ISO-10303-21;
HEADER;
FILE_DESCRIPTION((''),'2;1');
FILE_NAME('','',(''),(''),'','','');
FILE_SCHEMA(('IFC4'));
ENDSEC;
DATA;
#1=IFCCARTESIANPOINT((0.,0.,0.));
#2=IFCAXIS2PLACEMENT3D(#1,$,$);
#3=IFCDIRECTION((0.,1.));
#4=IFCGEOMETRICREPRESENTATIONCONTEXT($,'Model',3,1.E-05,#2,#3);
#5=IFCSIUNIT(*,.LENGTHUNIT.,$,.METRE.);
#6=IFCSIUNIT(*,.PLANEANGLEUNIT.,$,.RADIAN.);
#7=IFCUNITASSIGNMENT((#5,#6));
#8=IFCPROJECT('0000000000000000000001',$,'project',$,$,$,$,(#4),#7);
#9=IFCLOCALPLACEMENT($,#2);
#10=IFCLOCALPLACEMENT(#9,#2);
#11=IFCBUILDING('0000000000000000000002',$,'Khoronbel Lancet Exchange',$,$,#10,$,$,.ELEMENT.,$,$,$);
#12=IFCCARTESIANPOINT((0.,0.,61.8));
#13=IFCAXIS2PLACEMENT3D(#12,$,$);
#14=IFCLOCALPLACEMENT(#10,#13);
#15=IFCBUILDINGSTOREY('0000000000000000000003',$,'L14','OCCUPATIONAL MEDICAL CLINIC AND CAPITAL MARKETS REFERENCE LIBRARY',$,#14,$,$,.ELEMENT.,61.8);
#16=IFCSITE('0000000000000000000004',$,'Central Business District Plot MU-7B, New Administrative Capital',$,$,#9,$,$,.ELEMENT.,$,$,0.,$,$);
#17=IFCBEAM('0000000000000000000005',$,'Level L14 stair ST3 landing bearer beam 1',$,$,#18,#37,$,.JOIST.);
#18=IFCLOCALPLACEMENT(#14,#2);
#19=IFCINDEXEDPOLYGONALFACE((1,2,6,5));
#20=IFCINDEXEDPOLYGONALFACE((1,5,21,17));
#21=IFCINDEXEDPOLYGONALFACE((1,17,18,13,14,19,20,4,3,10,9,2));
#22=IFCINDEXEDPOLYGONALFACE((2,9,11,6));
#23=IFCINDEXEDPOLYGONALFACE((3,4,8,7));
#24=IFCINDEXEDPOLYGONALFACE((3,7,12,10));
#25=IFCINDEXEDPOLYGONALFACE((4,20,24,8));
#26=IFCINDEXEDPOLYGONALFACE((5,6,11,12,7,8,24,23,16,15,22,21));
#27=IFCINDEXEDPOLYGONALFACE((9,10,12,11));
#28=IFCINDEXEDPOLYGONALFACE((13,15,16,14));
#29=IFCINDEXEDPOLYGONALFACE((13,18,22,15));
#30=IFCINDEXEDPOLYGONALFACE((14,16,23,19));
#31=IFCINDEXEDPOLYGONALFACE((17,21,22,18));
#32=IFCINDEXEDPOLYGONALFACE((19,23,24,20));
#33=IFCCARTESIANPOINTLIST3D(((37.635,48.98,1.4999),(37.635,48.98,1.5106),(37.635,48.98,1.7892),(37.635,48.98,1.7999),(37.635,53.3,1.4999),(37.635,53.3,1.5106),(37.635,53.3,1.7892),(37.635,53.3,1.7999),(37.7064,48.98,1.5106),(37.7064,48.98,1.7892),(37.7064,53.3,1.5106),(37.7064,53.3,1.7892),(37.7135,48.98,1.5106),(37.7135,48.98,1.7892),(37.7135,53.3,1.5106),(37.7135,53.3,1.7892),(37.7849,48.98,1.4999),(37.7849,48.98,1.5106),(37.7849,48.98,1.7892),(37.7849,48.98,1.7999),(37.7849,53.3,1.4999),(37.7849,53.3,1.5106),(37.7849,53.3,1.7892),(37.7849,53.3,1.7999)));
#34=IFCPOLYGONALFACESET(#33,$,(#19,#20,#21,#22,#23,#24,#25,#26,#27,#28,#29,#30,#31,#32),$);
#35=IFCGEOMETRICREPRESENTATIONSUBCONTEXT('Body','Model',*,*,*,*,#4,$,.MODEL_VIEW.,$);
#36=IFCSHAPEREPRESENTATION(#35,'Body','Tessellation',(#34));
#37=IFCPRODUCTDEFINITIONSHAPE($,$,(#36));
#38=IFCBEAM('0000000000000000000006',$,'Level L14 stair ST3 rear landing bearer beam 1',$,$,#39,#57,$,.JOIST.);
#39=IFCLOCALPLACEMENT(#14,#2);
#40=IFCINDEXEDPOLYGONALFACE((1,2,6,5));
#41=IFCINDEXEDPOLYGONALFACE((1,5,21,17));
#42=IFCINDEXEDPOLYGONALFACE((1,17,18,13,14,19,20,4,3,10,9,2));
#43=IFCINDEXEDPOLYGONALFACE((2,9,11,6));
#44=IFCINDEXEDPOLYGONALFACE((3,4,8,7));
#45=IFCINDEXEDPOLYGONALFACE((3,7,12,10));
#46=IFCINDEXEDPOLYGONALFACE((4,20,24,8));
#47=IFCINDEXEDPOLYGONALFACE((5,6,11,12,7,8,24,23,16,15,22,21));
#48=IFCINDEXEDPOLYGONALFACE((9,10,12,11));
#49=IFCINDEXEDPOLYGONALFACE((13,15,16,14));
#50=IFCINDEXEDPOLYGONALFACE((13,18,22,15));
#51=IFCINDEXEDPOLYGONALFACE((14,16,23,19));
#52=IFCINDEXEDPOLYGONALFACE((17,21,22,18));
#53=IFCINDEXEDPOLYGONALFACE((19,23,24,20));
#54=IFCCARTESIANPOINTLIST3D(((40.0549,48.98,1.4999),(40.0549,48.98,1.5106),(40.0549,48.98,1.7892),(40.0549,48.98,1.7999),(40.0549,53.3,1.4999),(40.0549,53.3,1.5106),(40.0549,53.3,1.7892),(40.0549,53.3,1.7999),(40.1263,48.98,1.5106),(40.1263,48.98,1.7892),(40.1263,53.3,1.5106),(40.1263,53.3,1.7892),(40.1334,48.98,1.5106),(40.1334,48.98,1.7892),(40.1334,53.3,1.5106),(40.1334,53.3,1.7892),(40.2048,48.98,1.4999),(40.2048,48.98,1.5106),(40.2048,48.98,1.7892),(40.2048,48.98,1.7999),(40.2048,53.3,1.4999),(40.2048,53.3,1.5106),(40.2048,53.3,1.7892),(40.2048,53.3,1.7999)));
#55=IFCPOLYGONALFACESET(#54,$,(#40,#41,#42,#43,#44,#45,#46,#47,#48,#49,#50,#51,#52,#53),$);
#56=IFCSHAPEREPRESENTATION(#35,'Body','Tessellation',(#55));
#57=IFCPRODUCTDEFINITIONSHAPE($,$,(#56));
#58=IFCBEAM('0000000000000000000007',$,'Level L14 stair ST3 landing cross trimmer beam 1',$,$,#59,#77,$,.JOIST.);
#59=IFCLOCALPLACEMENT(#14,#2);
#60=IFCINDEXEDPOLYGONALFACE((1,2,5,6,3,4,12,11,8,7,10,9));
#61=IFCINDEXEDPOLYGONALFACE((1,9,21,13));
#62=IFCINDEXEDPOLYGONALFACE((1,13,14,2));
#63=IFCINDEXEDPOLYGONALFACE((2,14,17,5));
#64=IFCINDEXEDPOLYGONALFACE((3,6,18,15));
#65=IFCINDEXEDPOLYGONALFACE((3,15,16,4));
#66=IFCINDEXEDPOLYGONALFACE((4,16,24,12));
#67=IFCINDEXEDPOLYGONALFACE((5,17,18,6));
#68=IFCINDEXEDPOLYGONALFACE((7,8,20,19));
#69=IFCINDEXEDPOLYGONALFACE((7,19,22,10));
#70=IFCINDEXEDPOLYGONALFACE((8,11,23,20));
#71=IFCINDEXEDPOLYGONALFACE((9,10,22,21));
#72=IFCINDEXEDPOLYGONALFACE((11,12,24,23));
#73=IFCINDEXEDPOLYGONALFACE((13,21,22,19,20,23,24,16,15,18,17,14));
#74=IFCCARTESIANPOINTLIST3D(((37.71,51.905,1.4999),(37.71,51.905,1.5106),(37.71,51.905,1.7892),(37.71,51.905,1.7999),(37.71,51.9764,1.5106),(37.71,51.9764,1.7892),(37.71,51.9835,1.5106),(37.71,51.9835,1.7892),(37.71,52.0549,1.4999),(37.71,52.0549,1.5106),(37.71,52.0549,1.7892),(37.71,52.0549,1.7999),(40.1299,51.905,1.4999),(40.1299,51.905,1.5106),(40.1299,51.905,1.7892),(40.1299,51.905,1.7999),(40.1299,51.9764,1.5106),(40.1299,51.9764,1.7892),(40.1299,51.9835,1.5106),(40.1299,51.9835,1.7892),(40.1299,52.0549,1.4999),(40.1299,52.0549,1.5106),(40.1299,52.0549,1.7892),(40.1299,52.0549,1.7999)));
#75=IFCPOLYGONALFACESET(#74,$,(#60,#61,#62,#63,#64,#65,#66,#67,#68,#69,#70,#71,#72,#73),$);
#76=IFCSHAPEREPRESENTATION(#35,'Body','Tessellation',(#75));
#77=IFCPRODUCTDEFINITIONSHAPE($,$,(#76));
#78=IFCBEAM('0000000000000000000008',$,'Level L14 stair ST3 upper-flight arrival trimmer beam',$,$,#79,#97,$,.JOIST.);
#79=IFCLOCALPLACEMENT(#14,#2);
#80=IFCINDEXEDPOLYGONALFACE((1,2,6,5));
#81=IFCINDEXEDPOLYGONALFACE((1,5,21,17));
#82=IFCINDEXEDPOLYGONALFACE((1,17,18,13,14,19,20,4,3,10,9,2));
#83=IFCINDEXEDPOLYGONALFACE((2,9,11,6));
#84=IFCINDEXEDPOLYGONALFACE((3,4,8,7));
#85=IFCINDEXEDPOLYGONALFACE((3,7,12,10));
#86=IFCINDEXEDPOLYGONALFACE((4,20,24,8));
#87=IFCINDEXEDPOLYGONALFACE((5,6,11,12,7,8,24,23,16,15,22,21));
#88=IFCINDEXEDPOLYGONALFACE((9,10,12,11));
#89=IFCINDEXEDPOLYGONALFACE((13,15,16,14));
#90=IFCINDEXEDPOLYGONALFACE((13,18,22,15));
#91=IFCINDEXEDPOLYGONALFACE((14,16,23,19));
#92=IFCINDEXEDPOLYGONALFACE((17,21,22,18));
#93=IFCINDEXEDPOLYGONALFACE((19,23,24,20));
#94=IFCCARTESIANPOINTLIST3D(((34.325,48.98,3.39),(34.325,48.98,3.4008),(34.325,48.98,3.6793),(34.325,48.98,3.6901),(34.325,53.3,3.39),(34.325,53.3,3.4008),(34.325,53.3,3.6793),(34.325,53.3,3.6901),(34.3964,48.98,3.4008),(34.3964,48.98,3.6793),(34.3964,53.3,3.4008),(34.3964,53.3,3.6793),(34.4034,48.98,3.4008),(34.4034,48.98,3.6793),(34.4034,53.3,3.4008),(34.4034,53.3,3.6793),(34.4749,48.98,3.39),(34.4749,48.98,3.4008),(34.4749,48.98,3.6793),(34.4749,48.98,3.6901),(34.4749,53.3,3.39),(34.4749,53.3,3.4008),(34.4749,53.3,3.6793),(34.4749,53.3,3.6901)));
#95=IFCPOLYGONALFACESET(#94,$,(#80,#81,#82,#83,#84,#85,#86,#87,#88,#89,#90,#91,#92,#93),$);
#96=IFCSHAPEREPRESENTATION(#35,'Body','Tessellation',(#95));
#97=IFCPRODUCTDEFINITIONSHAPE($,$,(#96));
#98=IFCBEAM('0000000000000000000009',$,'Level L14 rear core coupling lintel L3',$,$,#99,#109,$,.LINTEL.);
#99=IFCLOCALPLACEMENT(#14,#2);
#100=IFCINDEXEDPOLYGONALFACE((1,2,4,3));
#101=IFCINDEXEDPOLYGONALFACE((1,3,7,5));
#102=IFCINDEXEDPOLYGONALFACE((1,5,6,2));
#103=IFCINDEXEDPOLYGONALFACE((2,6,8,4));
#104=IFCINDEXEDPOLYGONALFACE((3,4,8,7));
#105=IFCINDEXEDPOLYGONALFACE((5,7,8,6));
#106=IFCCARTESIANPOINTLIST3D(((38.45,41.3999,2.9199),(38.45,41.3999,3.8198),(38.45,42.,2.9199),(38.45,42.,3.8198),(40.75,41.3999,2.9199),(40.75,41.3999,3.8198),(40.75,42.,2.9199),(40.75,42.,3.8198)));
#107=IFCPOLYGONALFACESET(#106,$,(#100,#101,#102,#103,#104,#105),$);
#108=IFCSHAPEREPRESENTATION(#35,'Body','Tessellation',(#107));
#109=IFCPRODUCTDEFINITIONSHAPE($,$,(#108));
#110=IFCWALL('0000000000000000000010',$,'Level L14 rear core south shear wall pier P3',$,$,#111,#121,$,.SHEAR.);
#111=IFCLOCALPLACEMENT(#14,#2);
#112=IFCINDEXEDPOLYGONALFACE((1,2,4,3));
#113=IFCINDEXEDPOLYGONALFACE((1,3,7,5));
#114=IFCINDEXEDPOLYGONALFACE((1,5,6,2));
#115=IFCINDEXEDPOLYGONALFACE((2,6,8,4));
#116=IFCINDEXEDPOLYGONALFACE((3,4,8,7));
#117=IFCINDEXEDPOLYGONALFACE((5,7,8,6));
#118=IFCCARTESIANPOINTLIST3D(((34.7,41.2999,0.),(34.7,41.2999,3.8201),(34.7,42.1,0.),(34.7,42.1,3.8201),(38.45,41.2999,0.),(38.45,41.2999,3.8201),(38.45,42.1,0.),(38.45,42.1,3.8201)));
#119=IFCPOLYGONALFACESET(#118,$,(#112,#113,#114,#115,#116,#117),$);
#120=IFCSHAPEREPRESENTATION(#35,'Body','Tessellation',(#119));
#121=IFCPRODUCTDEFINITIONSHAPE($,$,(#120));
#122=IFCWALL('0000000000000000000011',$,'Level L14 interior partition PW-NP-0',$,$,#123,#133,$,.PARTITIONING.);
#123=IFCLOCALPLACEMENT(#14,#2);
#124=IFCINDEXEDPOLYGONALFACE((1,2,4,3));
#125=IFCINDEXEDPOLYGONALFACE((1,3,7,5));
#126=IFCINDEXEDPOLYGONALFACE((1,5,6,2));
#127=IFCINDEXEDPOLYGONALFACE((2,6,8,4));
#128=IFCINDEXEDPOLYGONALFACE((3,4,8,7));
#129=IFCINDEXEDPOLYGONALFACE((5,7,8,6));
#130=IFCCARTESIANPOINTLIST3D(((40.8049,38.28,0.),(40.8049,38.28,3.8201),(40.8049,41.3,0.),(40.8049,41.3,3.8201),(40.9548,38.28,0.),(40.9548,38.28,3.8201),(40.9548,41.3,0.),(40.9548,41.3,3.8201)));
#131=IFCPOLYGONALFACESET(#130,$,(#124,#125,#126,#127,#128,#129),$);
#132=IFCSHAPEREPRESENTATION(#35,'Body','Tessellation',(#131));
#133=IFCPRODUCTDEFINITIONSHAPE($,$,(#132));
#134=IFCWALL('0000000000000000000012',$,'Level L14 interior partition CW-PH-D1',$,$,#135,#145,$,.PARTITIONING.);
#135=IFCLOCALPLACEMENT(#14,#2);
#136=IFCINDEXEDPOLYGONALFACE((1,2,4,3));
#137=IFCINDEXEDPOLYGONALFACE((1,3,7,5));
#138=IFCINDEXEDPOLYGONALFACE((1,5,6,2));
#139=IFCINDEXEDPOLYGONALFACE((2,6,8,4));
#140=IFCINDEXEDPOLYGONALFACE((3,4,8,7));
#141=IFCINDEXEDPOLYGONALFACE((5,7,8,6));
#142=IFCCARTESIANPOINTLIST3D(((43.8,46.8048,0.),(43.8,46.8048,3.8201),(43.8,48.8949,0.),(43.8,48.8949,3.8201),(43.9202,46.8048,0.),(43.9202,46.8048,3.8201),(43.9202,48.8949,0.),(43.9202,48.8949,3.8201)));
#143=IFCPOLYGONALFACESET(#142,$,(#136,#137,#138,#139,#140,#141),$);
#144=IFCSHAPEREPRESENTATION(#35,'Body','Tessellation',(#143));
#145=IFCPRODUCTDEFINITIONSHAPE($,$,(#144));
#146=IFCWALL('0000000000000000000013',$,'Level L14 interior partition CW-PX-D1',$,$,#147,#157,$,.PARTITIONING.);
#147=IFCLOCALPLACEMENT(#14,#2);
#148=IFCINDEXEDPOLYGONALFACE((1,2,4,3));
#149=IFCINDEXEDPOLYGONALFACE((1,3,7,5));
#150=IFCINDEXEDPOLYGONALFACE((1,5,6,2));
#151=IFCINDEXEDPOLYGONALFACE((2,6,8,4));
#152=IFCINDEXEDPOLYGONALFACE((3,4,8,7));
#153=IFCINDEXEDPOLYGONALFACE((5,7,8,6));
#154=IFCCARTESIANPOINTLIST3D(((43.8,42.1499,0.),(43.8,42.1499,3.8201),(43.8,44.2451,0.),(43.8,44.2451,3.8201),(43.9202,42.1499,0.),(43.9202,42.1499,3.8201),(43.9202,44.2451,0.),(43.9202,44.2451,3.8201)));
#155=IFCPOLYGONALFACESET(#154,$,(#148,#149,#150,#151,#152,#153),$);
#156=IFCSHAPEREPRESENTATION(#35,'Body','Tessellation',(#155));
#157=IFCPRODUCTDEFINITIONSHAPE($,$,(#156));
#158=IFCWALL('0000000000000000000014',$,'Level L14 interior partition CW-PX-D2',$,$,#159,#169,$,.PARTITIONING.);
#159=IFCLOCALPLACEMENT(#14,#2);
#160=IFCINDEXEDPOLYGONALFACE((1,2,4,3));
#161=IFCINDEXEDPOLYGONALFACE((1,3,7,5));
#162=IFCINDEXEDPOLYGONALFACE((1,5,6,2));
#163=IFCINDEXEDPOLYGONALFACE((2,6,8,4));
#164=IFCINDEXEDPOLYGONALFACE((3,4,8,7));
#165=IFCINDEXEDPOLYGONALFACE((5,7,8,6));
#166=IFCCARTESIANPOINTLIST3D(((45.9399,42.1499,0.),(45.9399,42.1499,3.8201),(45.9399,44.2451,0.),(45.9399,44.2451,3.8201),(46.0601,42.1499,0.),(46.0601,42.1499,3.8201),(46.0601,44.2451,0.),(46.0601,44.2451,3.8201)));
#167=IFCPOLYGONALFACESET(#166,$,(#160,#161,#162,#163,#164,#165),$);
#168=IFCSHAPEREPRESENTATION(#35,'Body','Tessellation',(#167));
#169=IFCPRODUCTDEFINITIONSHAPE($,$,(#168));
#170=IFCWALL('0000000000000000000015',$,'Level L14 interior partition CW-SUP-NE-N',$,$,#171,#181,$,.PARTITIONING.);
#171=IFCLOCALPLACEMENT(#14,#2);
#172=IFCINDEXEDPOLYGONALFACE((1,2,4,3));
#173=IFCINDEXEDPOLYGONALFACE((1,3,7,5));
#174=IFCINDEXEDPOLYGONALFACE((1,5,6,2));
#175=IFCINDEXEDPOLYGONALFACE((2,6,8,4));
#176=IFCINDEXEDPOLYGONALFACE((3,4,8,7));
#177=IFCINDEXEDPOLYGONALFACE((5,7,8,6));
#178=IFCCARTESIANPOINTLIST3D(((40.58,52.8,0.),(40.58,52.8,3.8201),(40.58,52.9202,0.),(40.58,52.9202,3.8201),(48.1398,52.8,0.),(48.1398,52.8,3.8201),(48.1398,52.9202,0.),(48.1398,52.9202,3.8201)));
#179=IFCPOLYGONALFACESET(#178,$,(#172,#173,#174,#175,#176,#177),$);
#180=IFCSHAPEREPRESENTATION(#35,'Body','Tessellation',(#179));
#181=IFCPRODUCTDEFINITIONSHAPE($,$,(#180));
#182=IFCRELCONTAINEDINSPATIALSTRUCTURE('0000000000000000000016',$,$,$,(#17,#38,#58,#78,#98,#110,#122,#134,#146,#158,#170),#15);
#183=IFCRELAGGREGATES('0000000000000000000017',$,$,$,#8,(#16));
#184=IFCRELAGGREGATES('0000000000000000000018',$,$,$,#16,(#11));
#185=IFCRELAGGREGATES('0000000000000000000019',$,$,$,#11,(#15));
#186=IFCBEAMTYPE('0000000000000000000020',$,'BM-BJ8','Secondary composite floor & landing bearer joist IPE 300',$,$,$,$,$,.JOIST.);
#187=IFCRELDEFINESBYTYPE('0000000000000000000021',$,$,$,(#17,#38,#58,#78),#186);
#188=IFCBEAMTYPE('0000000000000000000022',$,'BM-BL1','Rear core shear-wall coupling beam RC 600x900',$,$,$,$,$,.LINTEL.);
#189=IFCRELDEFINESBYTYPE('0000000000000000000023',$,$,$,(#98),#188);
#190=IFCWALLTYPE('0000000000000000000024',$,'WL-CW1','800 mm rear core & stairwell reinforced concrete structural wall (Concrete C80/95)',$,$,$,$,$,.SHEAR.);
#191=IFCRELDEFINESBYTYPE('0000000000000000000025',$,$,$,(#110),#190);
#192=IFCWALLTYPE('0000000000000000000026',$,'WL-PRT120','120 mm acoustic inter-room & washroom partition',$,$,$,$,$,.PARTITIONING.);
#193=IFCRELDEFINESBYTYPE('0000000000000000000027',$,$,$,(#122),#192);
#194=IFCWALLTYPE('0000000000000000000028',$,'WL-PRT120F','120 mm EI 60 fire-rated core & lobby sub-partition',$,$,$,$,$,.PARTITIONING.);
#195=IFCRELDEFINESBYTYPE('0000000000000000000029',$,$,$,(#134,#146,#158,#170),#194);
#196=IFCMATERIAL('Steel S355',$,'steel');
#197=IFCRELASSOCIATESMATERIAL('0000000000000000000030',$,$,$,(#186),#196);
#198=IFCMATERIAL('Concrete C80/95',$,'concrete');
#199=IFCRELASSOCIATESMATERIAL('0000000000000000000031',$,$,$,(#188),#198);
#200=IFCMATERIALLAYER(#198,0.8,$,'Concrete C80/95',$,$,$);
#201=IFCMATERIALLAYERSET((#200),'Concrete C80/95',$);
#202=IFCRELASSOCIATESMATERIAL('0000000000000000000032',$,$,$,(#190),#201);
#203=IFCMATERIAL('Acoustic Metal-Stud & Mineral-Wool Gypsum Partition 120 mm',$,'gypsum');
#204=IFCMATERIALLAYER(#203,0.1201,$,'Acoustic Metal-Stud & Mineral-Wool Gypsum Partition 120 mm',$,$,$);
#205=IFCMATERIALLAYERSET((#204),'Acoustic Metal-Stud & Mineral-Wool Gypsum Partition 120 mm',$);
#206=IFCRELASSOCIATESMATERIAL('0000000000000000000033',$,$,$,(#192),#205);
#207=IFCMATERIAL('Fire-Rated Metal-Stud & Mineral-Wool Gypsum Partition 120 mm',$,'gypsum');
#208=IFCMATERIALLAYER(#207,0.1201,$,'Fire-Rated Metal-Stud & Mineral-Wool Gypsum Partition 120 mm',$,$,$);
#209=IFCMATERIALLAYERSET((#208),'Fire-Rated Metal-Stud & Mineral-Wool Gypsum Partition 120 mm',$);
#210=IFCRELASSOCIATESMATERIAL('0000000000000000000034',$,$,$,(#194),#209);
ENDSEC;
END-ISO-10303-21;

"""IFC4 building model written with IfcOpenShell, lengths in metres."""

from ifc_helpers import new_model, si_unit, direction, frame, frame_2d, origin, origin_2d, place, context, subcontext, project, spatial, rectangle, i_section, extrude, material, layer, layer_set, material_profile, profile_set, type_object, element, save


model = new_model("IFC4")

# Units and contexts
model_context = context("Model", 3, precision=1e-05, world=origin(), true_north=direction((0.0, 1.0)))
body_context = subcontext(model_context, "Body", "Model", "MODEL_VIEW")
ifc_project = project(units=[si_unit("LENGTHUNIT", "METRE"), si_unit("PLANEANGLEUNIT", "RADIAN")], contexts=[model_context])

# Site, building, storey
site_placement = place(None, origin())
site = spatial("IfcSite", under=ifc_project, at=site_placement, Name="Central Business District Plot MU-7B, New Administrative Capital", CompositionType="ELEMENT", RefElevation=0.0)
building_placement = place(site_placement, origin())
building = spatial("IfcBuilding", under=site, at=building_placement, Name="Khoronbel Lancet Exchange", CompositionType="ELEMENT")
storey_placement = place(building_placement, frame((0.0, 0.0, 61.8)))
storey = spatial("IfcBuildingStorey", under=building, at=storey_placement, Name="L14", Description="OCCUPATIONAL MEDICAL CLINIC AND CAPITAL MARKETS REFERENCE LIBRARY", CompositionType="ELEMENT", Elevation=61.8)

# Beams
ifc_material_1 = material(Name="Steel S355", Category="steel")
ifc_material_profile_1 = material_profile(ifc_material_1, i_section(OverallWidth=0.1499, OverallDepth=0.3, WebThickness=0.0071, FlangeThickness=0.0107, at=origin_2d()), Name="IPE 300")
ifc_profile_set_1 = profile_set([ifc_material_profile_1], Name="Steel S355")
beam_type_1 = type_object("IfcBeamType", Name="BM-BJ8", Description="Secondary composite floor & landing bearer joist IPE 300", PredefinedType="JOIST", material=ifc_profile_set_1)
for number, where, z_axis, x_axis, name in (
    (1, (37.71, 48.98, 1.6499), (0.0, 1.0, 0.0), (-1.0, 0.0, 0.0), "Level L14 stair ST3 landing bearer beam 1"),
    (2, (40.1299, 48.98, 1.6499), (0.0, 1.0, 0.0), (-1.0, 0.0, 0.0), "Level L14 stair ST3 rear landing bearer beam 1"),
):
    element("IfcBeam", number, at=place(storey_placement, frame(where, z_axis=z_axis, x_axis=x_axis)), inside=storey, type_object=beam_type_1, Name=name, PredefinedType="JOIST", context=body_context, shape_type="SweptSolid", body=[
        extrude(i_section(OverallWidth=0.1499, OverallDepth=0.3, WebThickness=0.0071, FlangeThickness=0.0107, at=origin_2d()), origin(), (0.0, 0.0, 1.0), 4.3201),
    ])
beam_1_placement = place(storey_placement, frame((37.71, 51.98, 1.6499), z_axis=(1.0, 0.0, 0.0), x_axis=(0.0, 1.0, 0.0)))
element("IfcBeam", 3, at=beam_1_placement, inside=storey, type_object=beam_type_1, Name="Level L14 stair ST3 landing cross trimmer beam 1", PredefinedType="JOIST", context=body_context, shape_type="SweptSolid", body=[
    extrude(i_section(OverallWidth=0.1499, OverallDepth=0.3, WebThickness=0.0071, FlangeThickness=0.0107, at=origin_2d()), origin(), (0.0, 0.0, 1.0), 2.4199),
])
beam_2_placement = place(storey_placement, frame((34.3999, 48.98, 3.54), z_axis=(0.0, 1.0, 0.0), x_axis=(-1.0, 0.0, 0.0)))
element("IfcBeam", 4, at=beam_2_placement, inside=storey, type_object=beam_type_1, Name="Level L14 stair ST3 upper-flight arrival trimmer beam", PredefinedType="JOIST", context=body_context, shape_type="SweptSolid", body=[
    extrude(i_section(OverallWidth=0.1499, OverallDepth=0.3, WebThickness=0.0071, FlangeThickness=0.0107, at=origin_2d()), origin(), (0.0, 0.0, 1.0), 4.3201),
])
ifc_material_2 = material(Name="Concrete C80/95", Category="concrete")
ifc_material_profile_2 = material_profile(ifc_material_2, rectangle(XDim=0.6001, YDim=0.8999, at=origin_2d()), Name="RC 600x900")
ifc_profile_set_2 = profile_set([ifc_material_profile_2], Name="Concrete C80/95")
beam_type_2 = type_object("IfcBeamType", Name="BM-BL1", Description="Rear core shear-wall coupling beam RC 600x900", PredefinedType="LINTEL", material=ifc_profile_set_2)
beam_3_placement = place(storey_placement, frame((38.45, 41.7, 3.3699), z_axis=(1.0, 0.0, 0.0), x_axis=(0.0, 1.0, 0.0)))
element("IfcBeam", 5, at=beam_3_placement, inside=storey, type_object=beam_type_2, Name="Level L14 rear core coupling lintel L3", PredefinedType="LINTEL", context=body_context, shape_type="SweptSolid", body=[
    extrude(rectangle(XDim=0.6001, YDim=0.8999, at=origin_2d()), origin(), (0.0, 0.0, 1.0), 2.3),
])

# Walls
ifc_layer_1 = layer(ifc_material_2, 0.8, Name="Concrete C80/95")
ifc_layer_set_1 = layer_set([ifc_layer_1], Name="Concrete C80/95")
wall_type_1 = type_object("IfcWallType", Name="WL-CW1", Description="800 mm rear core & stairwell reinforced concrete structural wall (Concrete C80/95)", PredefinedType="SHEAR", material=ifc_layer_set_1)
wall_1_placement = place(storey_placement, frame((38.45, 41.7, 0.0), z_axis=(0.0, 0.0, 1.0), x_axis=(-1.0, 0.0, 0.0)))
element("IfcWall", 6, at=wall_1_placement, inside=storey, type_object=wall_type_1, Name="Level L14 rear core south shear wall pier P3", PredefinedType="SHEAR", context=body_context, shape_type="SweptSolid", body=[
    extrude(rectangle(XDim=3.75, YDim=0.8, at=frame_2d((1.875, 0.0))), origin(), (0.0, 0.0, 1.0), 3.8201),
])
ifc_material_3 = material(Name="Acoustic Metal-Stud & Mineral-Wool Gypsum Partition 120 mm", Category="gypsum")
ifc_layer_2 = layer(ifc_material_3, 0.1201, Name="Acoustic Metal-Stud & Mineral-Wool Gypsum Partition 120 mm")
ifc_layer_set_2 = layer_set([ifc_layer_2], Name="Acoustic Metal-Stud & Mineral-Wool Gypsum Partition 120 mm")
wall_type_2 = type_object("IfcWallType", Name="WL-PRT120", Description="120 mm acoustic inter-room & washroom partition", PredefinedType="PARTITIONING", material=ifc_layer_set_2)
wall_2_placement = place(storey_placement, frame((40.8799, 38.28, 0.0), z_axis=(0.0, 0.0, 1.0), x_axis=(0.0, 1.0, 0.0)))
element("IfcWall", 7, at=wall_2_placement, inside=storey, type_object=wall_type_2, Name="Level L14 interior partition PW-NP-0", PredefinedType="PARTITIONING", context=body_context, shape_type="SweptSolid", body=[
    extrude(rectangle(XDim=3.02, YDim=0.1499, at=frame_2d((1.51, 0.0))), origin(), (0.0, 0.0, 1.0), 3.8201),
])
ifc_material_4 = material(Name="Fire-Rated Metal-Stud & Mineral-Wool Gypsum Partition 120 mm", Category="gypsum")
ifc_layer_3 = layer(ifc_material_4, 0.1201, Name="Fire-Rated Metal-Stud & Mineral-Wool Gypsum Partition 120 mm")
ifc_layer_set_3 = layer_set([ifc_layer_3], Name="Fire-Rated Metal-Stud & Mineral-Wool Gypsum Partition 120 mm")
wall_type_3 = type_object("IfcWallType", Name="WL-PRT120F", Description="120 mm EI 60 fire-rated core & lobby sub-partition", PredefinedType="PARTITIONING", material=ifc_layer_set_3)
wall_3_placement = place(storey_placement, frame((43.8601, 46.8049, 0.0), z_axis=(0.0, 0.0, 1.0), x_axis=(0.0, 1.0, 0.0)))
element("IfcWall", 8, at=wall_3_placement, inside=storey, type_object=wall_type_3, Name="Level L14 interior partition CW-PH-D1", PredefinedType="PARTITIONING", context=body_context, shape_type="SweptSolid", body=[
    extrude(rectangle(XDim=2.0901, YDim=0.1201, at=frame_2d((1.0449, 0.0))), origin(), (0.0, 0.0, 1.0), 3.8201),
])
for number, where, z_axis, x_axis, name in (
    (9, (43.8601, 42.1499, 0.0), (0.0, 0.0, 1.0), (0.0, 1.0, 0.0), "Level L14 interior partition CW-PX-D1"),
    (10, (46.0, 42.1499, 0.0), (0.0, 0.0, 1.0), (0.0, 1.0, 0.0), "Level L14 interior partition CW-PX-D2"),
):
    element("IfcWall", number, at=place(storey_placement, frame(where, z_axis=z_axis, x_axis=x_axis)), inside=storey, type_object=wall_type_3, Name=name, PredefinedType="PARTITIONING", context=body_context, shape_type="SweptSolid", body=[
        extrude(rectangle(XDim=2.0952, YDim=0.1201, at=frame_2d((1.0476, 0.0))), origin(), (0.0, 0.0, 1.0), 3.8201),
    ])
wall_4_placement = place(storey_placement, frame((40.5801, 52.8601, 0.0), z_axis=(0.0, 0.0, 1.0), x_axis=(1.0, 0.0, 0.0)))
element("IfcWall", 11, at=wall_4_placement, inside=storey, type_object=wall_type_3, Name="Level L14 interior partition CW-SUP-NE-N", PredefinedType="PARTITIONING", context=body_context, shape_type="SweptSolid", body=[
    extrude(rectangle(XDim=7.5598, YDim=0.1201, at=frame_2d((3.7798, 0.0))), origin(), (0.0, 0.0, 1.0), 3.8201),
])

save(model, "model.ifc")
